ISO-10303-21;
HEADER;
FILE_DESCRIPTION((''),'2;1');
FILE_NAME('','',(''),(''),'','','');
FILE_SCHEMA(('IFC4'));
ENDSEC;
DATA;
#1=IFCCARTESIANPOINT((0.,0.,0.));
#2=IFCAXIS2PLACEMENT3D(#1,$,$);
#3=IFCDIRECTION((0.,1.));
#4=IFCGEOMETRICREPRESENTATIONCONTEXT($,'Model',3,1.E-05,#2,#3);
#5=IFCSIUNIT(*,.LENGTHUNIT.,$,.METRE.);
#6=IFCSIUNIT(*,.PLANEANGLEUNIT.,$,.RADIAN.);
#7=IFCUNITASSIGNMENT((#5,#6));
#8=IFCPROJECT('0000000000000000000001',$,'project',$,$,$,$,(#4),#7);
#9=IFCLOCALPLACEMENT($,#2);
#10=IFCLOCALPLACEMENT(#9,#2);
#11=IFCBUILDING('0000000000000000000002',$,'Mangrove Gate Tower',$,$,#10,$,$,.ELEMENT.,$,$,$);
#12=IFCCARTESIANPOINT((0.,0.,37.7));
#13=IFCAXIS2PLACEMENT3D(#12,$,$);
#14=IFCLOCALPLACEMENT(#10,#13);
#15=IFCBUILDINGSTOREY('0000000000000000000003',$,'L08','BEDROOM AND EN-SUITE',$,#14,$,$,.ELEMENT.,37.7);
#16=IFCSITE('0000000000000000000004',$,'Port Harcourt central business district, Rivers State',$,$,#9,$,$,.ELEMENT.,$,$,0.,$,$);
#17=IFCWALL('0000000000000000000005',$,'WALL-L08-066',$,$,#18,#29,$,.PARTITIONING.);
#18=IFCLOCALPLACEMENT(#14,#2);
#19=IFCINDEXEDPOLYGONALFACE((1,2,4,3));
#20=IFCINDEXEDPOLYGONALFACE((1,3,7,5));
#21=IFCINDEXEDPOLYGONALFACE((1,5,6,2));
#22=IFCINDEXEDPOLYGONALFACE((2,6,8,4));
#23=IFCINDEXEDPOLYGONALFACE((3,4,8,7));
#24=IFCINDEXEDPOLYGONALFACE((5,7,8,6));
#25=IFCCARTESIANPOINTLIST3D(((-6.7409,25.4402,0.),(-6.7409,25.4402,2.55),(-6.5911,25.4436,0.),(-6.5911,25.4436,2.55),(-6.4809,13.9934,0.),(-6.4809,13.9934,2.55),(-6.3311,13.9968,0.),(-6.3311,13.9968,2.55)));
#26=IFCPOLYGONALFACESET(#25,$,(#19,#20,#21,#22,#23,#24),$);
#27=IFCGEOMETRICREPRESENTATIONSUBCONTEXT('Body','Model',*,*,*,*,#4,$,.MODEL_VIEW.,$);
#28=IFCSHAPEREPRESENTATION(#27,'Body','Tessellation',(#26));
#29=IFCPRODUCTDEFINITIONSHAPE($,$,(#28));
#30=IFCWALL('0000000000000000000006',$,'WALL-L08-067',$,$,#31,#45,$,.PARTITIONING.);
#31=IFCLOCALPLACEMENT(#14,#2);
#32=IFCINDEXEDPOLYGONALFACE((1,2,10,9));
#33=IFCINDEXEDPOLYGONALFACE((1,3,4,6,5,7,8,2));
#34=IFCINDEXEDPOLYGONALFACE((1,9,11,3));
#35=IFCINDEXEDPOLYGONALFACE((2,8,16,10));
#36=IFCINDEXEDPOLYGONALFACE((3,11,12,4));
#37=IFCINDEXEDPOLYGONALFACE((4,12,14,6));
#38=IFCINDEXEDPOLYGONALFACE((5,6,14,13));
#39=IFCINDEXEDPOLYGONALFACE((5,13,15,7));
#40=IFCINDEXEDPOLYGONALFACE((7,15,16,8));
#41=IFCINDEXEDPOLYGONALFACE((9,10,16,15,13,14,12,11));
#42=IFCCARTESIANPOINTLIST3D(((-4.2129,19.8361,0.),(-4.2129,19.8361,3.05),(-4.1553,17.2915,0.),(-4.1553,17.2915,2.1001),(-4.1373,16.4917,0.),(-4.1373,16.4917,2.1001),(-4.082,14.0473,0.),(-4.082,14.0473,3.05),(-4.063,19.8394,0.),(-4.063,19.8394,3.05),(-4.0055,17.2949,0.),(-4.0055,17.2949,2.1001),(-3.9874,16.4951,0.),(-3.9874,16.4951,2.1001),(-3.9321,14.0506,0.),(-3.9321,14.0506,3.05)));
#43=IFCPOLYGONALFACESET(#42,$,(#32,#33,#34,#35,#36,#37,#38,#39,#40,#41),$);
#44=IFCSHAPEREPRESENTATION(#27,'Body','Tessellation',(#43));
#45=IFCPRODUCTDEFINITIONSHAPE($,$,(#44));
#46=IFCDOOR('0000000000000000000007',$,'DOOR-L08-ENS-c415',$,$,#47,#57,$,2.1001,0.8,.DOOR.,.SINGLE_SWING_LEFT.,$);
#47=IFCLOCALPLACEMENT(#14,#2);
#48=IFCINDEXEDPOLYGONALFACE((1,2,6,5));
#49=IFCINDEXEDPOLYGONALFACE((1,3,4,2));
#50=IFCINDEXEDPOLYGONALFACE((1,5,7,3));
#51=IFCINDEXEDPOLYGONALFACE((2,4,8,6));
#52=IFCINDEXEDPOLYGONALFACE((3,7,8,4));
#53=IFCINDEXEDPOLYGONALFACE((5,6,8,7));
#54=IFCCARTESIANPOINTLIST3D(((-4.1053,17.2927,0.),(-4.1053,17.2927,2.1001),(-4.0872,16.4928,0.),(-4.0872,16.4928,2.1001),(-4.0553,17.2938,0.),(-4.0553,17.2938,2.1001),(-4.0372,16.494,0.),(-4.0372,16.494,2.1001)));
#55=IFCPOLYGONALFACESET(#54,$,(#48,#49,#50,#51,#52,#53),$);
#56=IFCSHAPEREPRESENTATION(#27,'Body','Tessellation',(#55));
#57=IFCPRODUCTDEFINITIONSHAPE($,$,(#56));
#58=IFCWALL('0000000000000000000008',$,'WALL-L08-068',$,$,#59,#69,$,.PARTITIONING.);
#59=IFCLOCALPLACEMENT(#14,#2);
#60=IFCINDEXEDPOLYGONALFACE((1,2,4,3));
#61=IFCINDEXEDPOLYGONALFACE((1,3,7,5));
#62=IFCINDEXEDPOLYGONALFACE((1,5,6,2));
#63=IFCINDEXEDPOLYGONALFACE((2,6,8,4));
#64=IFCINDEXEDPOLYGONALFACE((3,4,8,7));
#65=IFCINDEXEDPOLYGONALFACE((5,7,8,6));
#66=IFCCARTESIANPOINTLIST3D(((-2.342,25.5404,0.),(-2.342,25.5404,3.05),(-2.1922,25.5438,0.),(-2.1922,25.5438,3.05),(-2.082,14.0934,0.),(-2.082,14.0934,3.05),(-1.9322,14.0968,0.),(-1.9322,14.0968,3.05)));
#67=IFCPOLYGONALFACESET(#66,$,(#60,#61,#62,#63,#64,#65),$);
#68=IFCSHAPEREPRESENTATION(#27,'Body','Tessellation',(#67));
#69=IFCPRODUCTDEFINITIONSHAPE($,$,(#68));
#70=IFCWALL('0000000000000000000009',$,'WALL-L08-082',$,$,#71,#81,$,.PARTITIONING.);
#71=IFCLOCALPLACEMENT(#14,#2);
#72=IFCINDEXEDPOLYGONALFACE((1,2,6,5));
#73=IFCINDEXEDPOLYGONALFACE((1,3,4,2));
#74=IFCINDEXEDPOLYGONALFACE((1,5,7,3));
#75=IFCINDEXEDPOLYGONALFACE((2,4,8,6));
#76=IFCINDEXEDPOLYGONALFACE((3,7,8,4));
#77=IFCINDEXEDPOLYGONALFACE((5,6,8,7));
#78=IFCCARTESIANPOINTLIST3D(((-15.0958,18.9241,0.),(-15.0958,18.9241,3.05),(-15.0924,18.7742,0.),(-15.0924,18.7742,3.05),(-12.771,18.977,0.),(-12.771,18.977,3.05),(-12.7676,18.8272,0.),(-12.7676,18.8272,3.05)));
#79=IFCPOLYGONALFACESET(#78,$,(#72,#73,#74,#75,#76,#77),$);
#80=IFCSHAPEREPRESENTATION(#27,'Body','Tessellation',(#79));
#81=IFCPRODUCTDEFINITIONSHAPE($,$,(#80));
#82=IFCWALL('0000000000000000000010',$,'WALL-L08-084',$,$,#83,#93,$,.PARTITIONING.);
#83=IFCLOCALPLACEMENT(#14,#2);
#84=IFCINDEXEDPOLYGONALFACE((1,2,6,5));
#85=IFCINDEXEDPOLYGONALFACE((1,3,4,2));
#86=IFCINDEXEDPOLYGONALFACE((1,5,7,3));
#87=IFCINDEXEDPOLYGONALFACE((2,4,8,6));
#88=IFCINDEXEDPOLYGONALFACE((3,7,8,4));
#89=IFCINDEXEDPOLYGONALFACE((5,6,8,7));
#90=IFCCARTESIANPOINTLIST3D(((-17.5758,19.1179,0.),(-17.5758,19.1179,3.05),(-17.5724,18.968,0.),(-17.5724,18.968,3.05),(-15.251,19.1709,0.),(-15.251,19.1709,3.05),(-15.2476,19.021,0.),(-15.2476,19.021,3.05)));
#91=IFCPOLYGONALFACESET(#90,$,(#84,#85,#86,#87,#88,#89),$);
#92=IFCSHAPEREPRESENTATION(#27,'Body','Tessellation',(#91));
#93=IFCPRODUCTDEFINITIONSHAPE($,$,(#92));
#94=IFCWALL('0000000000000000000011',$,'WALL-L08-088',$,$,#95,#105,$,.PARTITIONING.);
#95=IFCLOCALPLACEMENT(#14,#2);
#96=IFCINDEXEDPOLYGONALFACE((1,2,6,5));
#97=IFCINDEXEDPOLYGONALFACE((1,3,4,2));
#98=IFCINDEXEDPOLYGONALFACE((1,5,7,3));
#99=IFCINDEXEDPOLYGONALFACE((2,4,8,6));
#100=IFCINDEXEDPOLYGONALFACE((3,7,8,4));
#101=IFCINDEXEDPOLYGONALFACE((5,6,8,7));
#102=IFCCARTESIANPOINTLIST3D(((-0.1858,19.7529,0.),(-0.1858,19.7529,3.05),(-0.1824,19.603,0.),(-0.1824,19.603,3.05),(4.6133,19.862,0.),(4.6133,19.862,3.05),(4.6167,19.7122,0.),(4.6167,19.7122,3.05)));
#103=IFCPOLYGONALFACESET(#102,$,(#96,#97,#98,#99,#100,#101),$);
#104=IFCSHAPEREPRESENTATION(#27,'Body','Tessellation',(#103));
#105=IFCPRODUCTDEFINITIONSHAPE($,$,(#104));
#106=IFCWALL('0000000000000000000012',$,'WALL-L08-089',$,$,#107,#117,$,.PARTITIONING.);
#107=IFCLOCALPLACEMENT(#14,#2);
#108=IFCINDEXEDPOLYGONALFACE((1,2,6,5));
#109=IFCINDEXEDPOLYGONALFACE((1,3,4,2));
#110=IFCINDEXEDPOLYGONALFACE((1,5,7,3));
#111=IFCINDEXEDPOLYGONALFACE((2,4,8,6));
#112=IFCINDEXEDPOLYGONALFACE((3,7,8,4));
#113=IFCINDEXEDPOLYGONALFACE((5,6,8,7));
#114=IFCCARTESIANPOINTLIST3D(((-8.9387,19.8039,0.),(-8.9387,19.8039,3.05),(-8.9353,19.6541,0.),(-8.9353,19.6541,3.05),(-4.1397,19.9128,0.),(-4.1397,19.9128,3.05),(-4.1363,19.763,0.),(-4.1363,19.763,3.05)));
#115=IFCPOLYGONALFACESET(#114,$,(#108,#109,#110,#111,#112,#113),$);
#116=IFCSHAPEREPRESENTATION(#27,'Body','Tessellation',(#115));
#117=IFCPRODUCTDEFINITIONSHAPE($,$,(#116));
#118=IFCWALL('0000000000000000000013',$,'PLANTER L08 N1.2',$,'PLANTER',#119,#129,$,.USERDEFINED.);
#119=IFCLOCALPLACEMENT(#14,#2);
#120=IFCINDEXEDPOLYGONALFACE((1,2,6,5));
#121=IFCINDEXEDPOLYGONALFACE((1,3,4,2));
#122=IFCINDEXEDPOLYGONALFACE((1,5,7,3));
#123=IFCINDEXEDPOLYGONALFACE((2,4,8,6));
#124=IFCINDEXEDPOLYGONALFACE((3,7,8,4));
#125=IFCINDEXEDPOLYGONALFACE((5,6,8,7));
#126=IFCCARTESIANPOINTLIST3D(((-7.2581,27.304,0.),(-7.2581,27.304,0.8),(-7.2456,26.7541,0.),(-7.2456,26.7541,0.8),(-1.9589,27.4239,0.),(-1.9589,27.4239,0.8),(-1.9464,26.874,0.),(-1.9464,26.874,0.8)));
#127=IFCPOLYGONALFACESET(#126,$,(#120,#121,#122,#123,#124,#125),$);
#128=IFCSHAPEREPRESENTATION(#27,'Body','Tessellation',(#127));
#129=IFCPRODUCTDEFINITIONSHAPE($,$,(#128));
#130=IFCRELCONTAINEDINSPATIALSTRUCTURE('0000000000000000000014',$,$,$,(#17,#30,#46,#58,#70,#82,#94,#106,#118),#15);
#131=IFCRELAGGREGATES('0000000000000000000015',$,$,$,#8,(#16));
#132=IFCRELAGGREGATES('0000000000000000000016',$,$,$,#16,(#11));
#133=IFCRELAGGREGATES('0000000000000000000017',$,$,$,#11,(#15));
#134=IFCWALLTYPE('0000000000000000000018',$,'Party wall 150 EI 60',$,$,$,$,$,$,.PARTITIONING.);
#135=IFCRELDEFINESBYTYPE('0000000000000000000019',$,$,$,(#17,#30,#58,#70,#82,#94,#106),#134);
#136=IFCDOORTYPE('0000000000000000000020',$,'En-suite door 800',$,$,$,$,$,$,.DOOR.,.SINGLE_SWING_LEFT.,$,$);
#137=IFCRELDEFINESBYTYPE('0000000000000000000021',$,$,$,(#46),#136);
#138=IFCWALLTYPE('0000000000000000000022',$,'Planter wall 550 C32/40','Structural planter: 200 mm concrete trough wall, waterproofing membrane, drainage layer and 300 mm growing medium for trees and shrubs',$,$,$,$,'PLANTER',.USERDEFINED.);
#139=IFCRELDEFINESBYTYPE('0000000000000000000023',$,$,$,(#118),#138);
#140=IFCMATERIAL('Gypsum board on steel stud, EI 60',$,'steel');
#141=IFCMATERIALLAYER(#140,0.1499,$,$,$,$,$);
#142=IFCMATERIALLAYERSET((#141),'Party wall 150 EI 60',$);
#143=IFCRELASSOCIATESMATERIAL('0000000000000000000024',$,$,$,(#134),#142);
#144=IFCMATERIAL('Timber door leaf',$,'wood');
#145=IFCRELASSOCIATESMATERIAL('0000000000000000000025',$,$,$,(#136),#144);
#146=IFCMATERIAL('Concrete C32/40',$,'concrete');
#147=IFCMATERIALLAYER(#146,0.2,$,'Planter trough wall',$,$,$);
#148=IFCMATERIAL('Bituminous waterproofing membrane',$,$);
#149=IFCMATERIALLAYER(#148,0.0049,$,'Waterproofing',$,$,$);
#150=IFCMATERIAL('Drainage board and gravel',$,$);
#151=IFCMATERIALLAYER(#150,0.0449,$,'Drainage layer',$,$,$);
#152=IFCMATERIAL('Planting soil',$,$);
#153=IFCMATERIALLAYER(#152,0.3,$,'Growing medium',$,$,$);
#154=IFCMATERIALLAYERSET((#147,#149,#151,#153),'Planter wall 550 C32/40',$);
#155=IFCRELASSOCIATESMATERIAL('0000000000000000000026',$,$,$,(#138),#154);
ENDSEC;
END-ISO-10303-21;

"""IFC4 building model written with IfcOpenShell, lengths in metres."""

from ifc_helpers import new_model, si_unit, direction, frame, frame_2d, origin, place, context, subcontext, project, spatial, rectangle, extrude, material, layer, layer_set, type_object, element, fill, save


model = new_model("IFC4")

# Units and contexts
model_context = context("Model", 3, precision=1e-05, world=origin(), true_north=direction((0.0, 1.0)))
body_context = subcontext(model_context, "Body", "Model", "MODEL_VIEW")
ifc_project = project(units=[si_unit("LENGTHUNIT", "METRE"), si_unit("PLANEANGLEUNIT", "RADIAN")], contexts=[model_context])

# Site, building, storey
site_placement = place(None, origin())
site = spatial("IfcSite", under=ifc_project, at=site_placement, Name="Port Harcourt central business district, Rivers State", CompositionType="ELEMENT", RefElevation=0.0)
building_placement = place(site_placement, origin())
building = spatial("IfcBuilding", under=site, at=building_placement, Name="Mangrove Gate Tower", CompositionType="ELEMENT")
storey_placement = place(building_placement, frame((0.0, 0.0, 37.7)))
storey = spatial("IfcBuildingStorey", under=building, at=storey_placement, Name="L08", Description="BEDROOM AND EN-SUITE", CompositionType="ELEMENT", Elevation=37.7)

# Shared definitions
ifc_material_1 = material(Name="Gypsum board on steel stud, EI 60", Category="steel")
ifc_layer_1 = layer(ifc_material_1, 0.1499)
ifc_layer_set_1 = layer_set([ifc_layer_1], Name="Party wall 150 EI 60")
wall_type_1 = type_object("IfcWallType", Name="Party wall 150 EI 60", PredefinedType="PARTITIONING", material=ifc_layer_set_1)
ifc_material_2 = material(Name="Timber door leaf", Category="wood")
door_type = type_object("IfcDoorType", Name="En-suite door 800", OperationType="SINGLE_SWING_LEFT", PredefinedType="DOOR", material=ifc_material_2)

# Wall
wall_1_placement = place(storey_placement, frame((-6.406, 13.9951, 0.0), z_axis=(0.0, 0.0, 1.0), x_axis=(-0.022709, 0.999742, 0.0)))
element("IfcWall", 1, at=wall_1_placement, inside=storey, type_object=wall_type_1, Name="WALL-L08-066", PredefinedType="PARTITIONING", context=body_context, shape_type="SweptSolid", body=[
    extrude(rectangle(XDim=11.4497, YDim=0.1499, at=frame_2d((5.7249, 0.0))), origin(), (0.0, 0.0, 1.0), 2.55),
])

# Wall, opening, door
wall_2_placement = place(storey_placement, frame((-4.0071, 14.0491, 0.0), z_axis=(0.0, 0.0, 1.0), x_axis=(-0.0226, 0.999745, 0.0)))
wall_2 = element("IfcWall", 2, at=wall_2_placement, inside=storey, type_object=wall_type_1, Name="WALL-L08-067", PredefinedType="PARTITIONING", context=body_context, shape_type="SweptSolid", body=[
    extrude(rectangle(XDim=5.7903, YDim=0.1499, at=frame_2d((2.895, 0.0))), origin(), (0.0, 0.0, 1.0), 3.05),
])
opening_1_placement = place(wall_2_placement, frame((2.4451, 0.0, 0.0)))
opening_1 = element("IfcOpeningElement", 3, at=opening_1_placement, cuts=wall_2, PredefinedType="OPENING", context=body_context, shape_type="SweptSolid", body=[
    extrude(rectangle(XDim=0.8, YDim=2.1001, at=frame_2d((0.3999, 1.05))), frame((0.0, 0.085, 0.0), z_axis=(0.0, -1.0, 0.0), x_axis=(1.0, 0.0, 0.0)), (0.0, 0.0, 1.0), 0.1699),
])
door_1_placement = place(opening_1_placement, origin())
door_1 = element("IfcDoor", 4, at=door_1_placement, inside=storey, type_object=door_type, Name="DOOR-L08-ENS-c415", OperationType="SINGLE_SWING_LEFT", OverallHeight=2.1001, OverallWidth=0.8, PredefinedType="DOOR", context=body_context, shape_type="SweptSolid", body=[
    extrude(rectangle(XDim=0.8, YDim=2.1001, at=frame_2d((0.3999, 1.05))), frame((0.0, 0.0249, 0.0), z_axis=(0.0, -1.0, 0.0), x_axis=(1.0, 0.0, 0.0)), (0.0, 0.0, 1.0), 0.05),
])
fill(opening_1, door_1)

# Walls
wall_3_placement = place(storey_placement, frame((-2.0071, 14.095, 0.0), z_axis=(0.0, 0.0, 1.0), x_axis=(-0.022708, 0.999742, 0.0)))
element("IfcWall", 5, at=wall_3_placement, inside=storey, type_object=wall_type_1, Name="WALL-L08-068", PredefinedType="PARTITIONING", context=body_context, shape_type="SweptSolid", body=[
    extrude(rectangle(XDim=11.45, YDim=0.1499, at=frame_2d((5.7251, 0.0))), origin(), (0.0, 0.0, 1.0), 3.05),
])
for number, where, z_axis, x_axis, name in (
    (6, (-15.094, 18.8491, 0.0), (0.0, 0.0, 1.0), (0.99974, 0.022781, 0.0), "WALL-L08-082"),
    (7, (-17.574, 19.043, 0.0), (0.0, 0.0, 1.0), (0.99974, 0.022781, 0.0), "WALL-L08-084"),
):
    element("IfcWall", number, at=place(storey_placement, frame(where, z_axis=z_axis, x_axis=x_axis)), inside=storey, type_object=wall_type_1, Name=name, PredefinedType="PARTITIONING", context=body_context, shape_type="SweptSolid", body=[
        extrude(rectangle(XDim=2.3254, YDim=0.1499, at=frame_2d((1.1626, 0.0))), origin(), (0.0, 0.0, 1.0), 3.05),
    ])
for number, where, z_axis, x_axis, name in (
    (8, (-0.1841, 19.678, 0.0), (0.0, 0.0, 1.0), (0.999742, 0.022734, 0.0), "WALL-L08-088"),
    (9, (-8.937, 19.729, 0.0), (0.0, 0.0, 1.0), (0.999743, 0.022683, 0.0), "WALL-L08-089"),
):
    element("IfcWall", number, at=place(storey_placement, frame(where, z_axis=z_axis, x_axis=x_axis)), inside=storey, type_object=wall_type_1, Name=name, PredefinedType="PARTITIONING", context=body_context, shape_type="SweptSolid", body=[
        extrude(rectangle(XDim=4.8003, YDim=0.1499, at=frame_2d((2.4001, 0.0))), origin(), (0.0, 0.0, 1.0), 3.05),
    ])
ifc_material_3 = material(Name="Concrete C32/40", Category="concrete")
ifc_layer_2 = layer(ifc_material_3, 0.2, Name="Planter trough wall")
ifc_material_4 = material(Name="Bituminous waterproofing membrane")
ifc_layer_3 = layer(ifc_material_4, 0.0049, Name="Waterproofing")
ifc_material_5 = material(Name="Drainage board and gravel")
ifc_layer_4 = layer(ifc_material_5, 0.0449, Name="Drainage layer")
ifc_material_6 = material(Name="Planting soil")
ifc_layer_5 = layer(ifc_material_6, 0.3, Name="Growing medium")
ifc_layer_set_2 = layer_set([ifc_layer_2, ifc_layer_3, ifc_layer_4, ifc_layer_5], Name="Planter wall 550 C32/40")
wall_type_2 = type_object("IfcWallType", Name="Planter wall 550 C32/40", Description="Structural planter: 200 mm concrete trough wall, waterproofing membrane, drainage layer and 300 mm growing medium for trees and shrubs", ElementType="PLANTER", PredefinedType="USERDEFINED", material=ifc_layer_set_2)
wall_4_placement = place(storey_placement, frame((-7.252, 27.0291, 0.0), z_axis=(0.0, 0.0, 1.0), x_axis=(0.999744, 0.022616, 0.0)))
element("IfcWall", 10, at=wall_4_placement, inside=storey, type_object=wall_type_2, Name="PLANTER L08 N1.2", ObjectType="PLANTER", PredefinedType="USERDEFINED", context=body_context, shape_type="SweptSolid", body=[
    extrude(rectangle(XDim=5.3005, YDim=0.55, at=frame_2d((2.6504, 0.0))), origin(), (0.0, 0.0, 1.0), 0.8),
])

save(model, "model.ifc")
